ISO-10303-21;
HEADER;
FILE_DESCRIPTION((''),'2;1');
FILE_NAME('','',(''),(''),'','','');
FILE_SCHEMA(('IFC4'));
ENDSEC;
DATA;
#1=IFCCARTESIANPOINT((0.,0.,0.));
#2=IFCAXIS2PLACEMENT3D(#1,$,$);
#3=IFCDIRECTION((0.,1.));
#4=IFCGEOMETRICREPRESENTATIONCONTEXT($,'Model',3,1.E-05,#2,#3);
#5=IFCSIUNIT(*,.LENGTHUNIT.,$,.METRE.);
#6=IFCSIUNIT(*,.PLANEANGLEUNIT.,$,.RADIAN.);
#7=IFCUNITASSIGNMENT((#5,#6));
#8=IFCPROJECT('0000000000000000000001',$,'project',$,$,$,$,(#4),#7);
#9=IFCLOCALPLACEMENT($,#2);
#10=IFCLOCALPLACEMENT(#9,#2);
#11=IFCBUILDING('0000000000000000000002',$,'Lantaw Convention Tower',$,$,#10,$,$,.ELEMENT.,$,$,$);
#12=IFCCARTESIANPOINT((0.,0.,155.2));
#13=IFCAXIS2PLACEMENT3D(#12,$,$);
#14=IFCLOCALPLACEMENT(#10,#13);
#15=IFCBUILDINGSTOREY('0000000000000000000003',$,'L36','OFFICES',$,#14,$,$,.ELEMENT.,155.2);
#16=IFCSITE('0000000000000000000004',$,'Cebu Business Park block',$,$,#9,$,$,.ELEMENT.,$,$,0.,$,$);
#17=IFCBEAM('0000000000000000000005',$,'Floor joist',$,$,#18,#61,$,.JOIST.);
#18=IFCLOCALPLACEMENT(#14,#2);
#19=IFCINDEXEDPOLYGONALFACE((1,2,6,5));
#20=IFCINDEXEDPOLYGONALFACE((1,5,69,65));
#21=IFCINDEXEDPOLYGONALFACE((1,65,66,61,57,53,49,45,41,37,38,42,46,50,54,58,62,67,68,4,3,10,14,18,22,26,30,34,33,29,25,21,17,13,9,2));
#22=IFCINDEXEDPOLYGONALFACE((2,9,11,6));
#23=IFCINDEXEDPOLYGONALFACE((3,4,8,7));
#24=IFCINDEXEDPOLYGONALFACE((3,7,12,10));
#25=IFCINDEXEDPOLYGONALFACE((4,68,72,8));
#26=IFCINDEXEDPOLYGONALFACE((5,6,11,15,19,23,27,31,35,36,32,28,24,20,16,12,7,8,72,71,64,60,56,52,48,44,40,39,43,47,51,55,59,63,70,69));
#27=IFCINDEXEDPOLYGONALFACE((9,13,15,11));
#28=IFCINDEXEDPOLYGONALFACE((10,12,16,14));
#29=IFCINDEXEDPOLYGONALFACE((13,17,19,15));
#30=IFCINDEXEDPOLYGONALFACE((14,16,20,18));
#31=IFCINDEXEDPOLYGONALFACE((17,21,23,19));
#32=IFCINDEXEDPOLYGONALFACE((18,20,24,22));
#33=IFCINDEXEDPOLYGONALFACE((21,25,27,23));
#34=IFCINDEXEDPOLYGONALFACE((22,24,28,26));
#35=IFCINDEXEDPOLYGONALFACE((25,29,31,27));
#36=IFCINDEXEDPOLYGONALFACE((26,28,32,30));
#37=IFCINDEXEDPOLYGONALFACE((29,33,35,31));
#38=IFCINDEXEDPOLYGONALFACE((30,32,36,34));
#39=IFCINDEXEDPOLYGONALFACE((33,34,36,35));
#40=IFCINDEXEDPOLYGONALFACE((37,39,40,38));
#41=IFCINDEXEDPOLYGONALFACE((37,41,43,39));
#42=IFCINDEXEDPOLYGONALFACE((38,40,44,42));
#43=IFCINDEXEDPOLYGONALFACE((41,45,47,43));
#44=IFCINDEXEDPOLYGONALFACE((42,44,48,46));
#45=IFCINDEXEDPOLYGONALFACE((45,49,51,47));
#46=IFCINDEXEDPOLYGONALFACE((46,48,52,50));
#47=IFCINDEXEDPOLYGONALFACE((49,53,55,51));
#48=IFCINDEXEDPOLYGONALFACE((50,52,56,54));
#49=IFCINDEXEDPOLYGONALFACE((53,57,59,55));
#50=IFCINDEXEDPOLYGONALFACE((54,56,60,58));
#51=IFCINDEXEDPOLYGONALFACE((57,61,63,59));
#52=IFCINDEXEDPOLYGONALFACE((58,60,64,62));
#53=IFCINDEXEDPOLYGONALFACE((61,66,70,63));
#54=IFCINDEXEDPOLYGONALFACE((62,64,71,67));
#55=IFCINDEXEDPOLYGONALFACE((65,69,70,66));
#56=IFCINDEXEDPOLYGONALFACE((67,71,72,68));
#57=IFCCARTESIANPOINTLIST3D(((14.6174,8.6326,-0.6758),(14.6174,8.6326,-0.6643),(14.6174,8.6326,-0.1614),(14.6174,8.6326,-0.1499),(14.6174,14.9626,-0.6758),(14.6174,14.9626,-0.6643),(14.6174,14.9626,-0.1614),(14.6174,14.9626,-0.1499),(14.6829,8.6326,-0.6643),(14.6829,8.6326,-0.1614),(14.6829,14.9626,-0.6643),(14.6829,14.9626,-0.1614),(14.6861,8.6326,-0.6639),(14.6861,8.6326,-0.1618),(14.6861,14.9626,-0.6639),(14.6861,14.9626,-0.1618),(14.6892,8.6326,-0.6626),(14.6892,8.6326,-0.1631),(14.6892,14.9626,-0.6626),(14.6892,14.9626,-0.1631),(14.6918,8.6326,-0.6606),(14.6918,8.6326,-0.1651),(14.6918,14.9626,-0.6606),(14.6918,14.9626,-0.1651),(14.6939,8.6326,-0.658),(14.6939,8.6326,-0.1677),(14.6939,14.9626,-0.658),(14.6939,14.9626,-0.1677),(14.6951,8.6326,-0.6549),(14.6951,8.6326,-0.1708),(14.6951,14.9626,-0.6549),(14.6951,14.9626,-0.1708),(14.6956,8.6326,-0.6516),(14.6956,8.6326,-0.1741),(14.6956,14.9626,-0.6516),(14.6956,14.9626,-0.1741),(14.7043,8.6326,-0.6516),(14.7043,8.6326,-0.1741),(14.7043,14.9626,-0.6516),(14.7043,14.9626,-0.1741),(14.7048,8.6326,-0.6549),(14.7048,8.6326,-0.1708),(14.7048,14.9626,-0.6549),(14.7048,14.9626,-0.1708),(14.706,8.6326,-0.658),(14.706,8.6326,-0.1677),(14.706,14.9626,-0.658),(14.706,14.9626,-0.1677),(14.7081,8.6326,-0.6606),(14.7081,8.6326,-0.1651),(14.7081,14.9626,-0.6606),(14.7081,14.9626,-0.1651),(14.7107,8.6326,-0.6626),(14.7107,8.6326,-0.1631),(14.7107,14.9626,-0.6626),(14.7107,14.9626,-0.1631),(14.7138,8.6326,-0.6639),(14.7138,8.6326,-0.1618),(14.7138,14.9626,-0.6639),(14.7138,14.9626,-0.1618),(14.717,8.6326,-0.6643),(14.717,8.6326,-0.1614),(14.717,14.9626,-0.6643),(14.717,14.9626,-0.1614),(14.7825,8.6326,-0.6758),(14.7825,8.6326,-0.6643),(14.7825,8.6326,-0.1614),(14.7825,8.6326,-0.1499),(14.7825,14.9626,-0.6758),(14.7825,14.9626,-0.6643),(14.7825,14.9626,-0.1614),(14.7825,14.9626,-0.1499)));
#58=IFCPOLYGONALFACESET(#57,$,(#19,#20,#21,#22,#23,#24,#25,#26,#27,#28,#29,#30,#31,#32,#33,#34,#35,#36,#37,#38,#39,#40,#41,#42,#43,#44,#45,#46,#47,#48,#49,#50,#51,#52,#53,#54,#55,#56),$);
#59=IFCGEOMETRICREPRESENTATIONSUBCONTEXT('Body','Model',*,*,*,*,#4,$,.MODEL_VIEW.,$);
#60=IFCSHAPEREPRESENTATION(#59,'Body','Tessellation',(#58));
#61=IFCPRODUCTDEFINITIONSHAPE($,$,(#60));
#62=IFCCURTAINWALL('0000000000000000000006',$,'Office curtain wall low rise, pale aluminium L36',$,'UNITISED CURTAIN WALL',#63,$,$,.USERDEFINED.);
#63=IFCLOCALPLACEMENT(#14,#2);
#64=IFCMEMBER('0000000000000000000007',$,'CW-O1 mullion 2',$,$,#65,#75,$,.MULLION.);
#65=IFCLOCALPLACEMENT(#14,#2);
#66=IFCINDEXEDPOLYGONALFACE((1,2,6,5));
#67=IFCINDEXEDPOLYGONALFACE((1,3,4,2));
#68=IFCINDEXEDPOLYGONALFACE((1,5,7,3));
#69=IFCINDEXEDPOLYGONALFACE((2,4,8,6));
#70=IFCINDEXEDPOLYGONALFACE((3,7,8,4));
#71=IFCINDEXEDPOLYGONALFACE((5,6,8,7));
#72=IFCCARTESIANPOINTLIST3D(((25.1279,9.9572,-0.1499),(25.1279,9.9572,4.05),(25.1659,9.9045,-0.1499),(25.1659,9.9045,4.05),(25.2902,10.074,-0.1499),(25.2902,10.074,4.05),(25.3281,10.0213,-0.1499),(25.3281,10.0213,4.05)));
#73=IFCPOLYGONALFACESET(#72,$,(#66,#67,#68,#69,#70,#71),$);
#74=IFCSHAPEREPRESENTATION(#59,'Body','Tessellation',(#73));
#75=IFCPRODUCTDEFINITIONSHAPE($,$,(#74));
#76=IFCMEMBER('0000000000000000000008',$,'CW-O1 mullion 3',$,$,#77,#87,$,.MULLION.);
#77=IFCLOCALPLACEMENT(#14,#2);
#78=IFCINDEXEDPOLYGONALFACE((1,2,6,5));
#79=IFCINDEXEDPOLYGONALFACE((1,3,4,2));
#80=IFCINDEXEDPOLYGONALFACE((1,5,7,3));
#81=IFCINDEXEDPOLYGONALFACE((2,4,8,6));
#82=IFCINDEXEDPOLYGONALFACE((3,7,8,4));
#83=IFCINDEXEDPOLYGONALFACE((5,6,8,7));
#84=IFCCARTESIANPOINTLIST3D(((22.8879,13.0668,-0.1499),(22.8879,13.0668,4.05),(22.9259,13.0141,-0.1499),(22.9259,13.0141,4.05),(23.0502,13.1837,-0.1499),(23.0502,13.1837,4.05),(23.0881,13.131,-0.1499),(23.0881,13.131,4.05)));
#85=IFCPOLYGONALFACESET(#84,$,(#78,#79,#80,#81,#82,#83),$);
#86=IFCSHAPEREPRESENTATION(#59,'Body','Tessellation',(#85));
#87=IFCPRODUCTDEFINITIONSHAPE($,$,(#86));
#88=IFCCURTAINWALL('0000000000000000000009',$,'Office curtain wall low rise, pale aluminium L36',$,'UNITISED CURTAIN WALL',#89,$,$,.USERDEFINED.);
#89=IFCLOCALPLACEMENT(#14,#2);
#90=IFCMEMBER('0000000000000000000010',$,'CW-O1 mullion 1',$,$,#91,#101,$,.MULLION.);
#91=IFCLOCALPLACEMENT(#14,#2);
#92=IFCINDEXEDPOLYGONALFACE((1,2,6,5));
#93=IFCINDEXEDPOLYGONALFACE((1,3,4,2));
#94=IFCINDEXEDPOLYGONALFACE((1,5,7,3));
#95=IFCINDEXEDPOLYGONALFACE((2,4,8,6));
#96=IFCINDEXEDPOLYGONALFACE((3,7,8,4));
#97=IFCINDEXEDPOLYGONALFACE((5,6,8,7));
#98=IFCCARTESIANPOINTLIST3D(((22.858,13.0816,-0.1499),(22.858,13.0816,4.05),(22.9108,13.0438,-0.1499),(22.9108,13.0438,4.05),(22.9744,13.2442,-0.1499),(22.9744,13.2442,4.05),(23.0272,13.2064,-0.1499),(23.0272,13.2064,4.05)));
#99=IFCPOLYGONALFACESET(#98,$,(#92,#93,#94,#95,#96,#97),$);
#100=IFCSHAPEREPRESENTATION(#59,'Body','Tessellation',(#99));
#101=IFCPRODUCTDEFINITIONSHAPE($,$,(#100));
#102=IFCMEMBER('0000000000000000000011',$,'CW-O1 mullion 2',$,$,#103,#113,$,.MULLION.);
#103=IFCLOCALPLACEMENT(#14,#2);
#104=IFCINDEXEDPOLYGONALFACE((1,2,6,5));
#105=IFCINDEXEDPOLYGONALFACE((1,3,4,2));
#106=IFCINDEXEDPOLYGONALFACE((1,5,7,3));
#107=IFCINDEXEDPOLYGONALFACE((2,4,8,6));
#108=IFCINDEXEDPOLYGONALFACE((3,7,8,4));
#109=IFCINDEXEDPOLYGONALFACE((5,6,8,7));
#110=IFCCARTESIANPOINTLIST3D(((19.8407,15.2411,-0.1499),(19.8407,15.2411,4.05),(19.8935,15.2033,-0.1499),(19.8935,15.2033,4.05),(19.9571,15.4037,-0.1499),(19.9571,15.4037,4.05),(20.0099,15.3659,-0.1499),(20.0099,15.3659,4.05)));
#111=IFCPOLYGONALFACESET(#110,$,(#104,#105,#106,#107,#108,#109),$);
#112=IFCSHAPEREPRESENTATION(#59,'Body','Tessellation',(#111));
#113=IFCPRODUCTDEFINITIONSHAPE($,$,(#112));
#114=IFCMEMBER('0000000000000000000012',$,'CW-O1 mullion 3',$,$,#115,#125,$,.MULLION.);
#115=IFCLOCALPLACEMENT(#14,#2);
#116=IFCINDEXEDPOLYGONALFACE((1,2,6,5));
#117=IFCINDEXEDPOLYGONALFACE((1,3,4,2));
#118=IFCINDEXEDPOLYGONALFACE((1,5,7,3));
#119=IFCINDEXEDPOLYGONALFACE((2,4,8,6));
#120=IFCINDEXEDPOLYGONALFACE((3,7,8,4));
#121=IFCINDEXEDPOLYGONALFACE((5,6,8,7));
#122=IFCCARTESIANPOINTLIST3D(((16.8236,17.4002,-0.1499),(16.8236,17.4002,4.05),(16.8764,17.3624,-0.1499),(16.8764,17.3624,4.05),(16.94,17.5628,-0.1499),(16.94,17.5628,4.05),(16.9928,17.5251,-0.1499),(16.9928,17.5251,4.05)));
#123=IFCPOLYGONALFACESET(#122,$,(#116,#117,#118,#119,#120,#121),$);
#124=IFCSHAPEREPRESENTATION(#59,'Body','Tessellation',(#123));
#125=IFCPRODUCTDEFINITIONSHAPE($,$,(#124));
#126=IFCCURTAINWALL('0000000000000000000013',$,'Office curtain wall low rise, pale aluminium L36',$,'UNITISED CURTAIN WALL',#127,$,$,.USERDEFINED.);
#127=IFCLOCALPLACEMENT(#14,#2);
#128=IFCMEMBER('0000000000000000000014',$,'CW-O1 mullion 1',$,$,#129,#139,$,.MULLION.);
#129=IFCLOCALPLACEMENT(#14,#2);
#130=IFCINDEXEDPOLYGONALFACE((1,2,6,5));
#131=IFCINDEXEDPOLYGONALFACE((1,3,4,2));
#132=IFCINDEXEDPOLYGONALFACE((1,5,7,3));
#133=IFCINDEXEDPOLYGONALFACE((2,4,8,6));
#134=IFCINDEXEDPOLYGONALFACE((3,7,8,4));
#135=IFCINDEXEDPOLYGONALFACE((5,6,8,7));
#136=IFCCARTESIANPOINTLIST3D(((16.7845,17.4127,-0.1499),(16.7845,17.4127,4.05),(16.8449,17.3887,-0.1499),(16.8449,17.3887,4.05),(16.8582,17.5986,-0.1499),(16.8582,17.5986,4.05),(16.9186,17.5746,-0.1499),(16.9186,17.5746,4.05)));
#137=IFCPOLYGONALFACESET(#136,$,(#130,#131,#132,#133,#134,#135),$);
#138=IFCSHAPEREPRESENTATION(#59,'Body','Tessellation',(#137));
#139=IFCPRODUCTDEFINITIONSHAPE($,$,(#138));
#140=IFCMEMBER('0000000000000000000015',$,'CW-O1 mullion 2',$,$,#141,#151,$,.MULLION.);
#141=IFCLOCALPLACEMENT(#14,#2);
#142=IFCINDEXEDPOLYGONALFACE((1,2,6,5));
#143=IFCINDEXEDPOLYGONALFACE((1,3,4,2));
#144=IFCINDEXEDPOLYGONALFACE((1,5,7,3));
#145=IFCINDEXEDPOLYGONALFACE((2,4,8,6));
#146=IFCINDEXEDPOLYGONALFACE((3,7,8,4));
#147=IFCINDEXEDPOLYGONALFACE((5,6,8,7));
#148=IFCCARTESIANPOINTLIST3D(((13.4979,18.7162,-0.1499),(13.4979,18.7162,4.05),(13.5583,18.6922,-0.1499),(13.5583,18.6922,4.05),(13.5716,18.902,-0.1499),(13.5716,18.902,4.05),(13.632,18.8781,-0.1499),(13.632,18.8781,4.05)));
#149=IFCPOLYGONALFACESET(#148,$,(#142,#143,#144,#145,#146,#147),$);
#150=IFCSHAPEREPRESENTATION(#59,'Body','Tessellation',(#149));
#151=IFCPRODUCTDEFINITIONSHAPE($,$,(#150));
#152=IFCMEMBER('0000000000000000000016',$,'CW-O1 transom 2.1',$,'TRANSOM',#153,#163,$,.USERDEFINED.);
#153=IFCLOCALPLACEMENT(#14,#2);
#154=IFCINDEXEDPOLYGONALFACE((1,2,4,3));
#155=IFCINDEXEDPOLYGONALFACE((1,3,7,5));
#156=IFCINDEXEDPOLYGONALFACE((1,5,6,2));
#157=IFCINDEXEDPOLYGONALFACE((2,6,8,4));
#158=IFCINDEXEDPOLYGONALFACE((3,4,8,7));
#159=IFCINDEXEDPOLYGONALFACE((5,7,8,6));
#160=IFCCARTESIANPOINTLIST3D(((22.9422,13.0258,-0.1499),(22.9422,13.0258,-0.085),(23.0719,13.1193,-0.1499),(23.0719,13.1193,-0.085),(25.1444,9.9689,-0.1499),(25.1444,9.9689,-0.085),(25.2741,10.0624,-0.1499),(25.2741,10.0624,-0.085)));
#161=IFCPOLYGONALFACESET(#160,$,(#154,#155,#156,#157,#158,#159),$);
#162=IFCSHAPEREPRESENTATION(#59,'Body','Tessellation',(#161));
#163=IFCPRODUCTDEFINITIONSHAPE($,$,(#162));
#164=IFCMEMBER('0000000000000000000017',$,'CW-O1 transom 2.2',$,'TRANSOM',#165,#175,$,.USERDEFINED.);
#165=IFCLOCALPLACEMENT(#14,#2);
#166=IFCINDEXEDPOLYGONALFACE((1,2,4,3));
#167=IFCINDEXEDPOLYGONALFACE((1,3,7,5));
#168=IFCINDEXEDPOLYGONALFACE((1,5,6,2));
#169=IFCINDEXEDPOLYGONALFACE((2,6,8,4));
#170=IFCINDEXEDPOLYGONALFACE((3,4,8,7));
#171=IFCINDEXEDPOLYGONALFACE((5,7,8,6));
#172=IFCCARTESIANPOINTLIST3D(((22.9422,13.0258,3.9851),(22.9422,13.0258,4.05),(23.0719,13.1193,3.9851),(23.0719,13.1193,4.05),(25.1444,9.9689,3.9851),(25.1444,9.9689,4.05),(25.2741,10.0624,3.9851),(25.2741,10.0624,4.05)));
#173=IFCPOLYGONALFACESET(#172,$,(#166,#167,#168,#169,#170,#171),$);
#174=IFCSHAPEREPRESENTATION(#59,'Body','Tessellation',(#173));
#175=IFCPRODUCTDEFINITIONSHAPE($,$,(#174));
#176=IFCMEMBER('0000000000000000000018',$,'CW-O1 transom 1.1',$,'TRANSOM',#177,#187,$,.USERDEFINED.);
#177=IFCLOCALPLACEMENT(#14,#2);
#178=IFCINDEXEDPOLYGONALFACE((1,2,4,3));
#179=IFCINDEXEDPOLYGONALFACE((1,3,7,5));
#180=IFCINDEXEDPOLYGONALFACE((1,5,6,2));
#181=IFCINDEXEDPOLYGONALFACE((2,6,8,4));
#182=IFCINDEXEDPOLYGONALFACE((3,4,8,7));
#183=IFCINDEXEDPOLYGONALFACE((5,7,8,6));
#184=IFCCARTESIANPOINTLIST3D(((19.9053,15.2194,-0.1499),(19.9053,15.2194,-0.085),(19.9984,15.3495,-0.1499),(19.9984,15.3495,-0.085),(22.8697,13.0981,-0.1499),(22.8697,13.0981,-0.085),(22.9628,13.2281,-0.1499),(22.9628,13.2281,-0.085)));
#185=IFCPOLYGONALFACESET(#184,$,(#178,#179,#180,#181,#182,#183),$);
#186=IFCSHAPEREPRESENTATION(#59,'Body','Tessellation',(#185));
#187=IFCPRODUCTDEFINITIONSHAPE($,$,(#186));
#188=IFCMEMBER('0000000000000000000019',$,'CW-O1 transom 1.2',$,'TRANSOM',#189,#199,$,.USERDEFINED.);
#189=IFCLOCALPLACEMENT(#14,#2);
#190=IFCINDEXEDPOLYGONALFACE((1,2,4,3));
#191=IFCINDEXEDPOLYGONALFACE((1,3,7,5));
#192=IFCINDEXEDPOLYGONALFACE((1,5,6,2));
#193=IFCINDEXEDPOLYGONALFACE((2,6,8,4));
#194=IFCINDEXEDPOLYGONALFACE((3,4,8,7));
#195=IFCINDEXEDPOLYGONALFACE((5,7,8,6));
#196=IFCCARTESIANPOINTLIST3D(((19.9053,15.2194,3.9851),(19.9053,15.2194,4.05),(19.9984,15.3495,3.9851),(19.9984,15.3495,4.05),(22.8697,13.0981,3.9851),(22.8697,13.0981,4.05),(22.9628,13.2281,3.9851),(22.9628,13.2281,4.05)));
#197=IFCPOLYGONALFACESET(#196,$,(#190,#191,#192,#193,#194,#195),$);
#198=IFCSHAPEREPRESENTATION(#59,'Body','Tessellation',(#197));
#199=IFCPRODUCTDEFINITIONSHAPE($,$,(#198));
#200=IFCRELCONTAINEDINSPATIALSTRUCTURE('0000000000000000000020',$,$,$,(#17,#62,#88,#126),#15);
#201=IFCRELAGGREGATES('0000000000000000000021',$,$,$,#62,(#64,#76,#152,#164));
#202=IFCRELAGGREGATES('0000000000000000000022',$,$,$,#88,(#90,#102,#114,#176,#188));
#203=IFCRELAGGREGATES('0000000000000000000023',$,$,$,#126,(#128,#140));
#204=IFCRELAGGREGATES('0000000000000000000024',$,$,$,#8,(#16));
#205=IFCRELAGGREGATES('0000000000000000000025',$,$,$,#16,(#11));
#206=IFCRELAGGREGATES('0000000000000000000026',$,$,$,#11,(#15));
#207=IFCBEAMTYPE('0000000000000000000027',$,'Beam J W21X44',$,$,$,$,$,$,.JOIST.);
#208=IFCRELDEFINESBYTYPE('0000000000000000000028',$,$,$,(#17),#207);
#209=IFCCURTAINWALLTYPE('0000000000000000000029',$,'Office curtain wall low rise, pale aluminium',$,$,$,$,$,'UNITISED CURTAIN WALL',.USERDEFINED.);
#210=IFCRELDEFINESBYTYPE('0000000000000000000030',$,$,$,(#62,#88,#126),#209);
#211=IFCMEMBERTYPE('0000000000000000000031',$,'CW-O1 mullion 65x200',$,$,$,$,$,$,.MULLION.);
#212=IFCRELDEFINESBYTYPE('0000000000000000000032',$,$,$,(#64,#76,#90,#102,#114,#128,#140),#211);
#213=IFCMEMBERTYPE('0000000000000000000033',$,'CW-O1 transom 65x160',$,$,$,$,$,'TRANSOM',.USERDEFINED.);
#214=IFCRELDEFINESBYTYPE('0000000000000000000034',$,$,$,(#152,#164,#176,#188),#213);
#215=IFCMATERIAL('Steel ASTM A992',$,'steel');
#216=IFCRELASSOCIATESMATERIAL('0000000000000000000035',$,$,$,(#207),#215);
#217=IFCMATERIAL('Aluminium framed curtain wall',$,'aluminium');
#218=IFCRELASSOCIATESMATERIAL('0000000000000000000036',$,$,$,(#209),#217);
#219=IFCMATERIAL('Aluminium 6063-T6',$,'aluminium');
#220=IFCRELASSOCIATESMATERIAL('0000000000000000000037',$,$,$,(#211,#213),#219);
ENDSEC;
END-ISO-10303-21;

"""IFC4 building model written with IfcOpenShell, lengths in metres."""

from ifc_helpers import new_model, si_unit, direction, frame, origin, origin_2d, place, context, subcontext, project, spatial, rectangle, i_section, extrude, material, material_profile, profile_set, type_object, element, aggregate, save


model = new_model("IFC4")

# Units and contexts
model_context = context("Model", 3, precision=1e-05, world=origin(), true_north=direction((0.0, 1.0)))
body_context = subcontext(model_context, "Body", "Model", "MODEL_VIEW")
ifc_project = project(units=[si_unit("LENGTHUNIT", "METRE"), si_unit("PLANEANGLEUNIT", "RADIAN")], contexts=[model_context])

# Site, building, storey
site_placement = place(None, origin())
site = spatial("IfcSite", under=ifc_project, at=site_placement, Name="Cebu Business Park block", CompositionType="ELEMENT", RefElevation=0.0)
building_placement = place(site_placement, origin())
building = spatial("IfcBuilding", under=site, at=building_placement, Name="Lantaw Convention Tower", CompositionType="ELEMENT")
storey_placement = place(building_placement, frame((0.0, 0.0, 155.2)))
storey = spatial("IfcBuildingStorey", under=building, at=storey_placement, Name="L36", Description="OFFICES", CompositionType="ELEMENT", Elevation=155.2)

# Beam
ifc_material_1 = material(Name="Steel ASTM A992", Category="steel")
ifc_material_profile_1 = material_profile(ifc_material_1, i_section(OverallWidth=0.165, OverallDepth=0.5259, WebThickness=0.0088, FlangeThickness=0.0115, FilletRadius=0.0127, at=origin_2d()), Name="W21X44")
ifc_profile_set_1 = profile_set([ifc_material_profile_1], Name="Steel ASTM A992")
beam_type_1 = type_object("IfcBeamType", Name="Beam J W21X44", PredefinedType="JOIST", material=ifc_profile_set_1)
beam_1_placement = place(storey_placement, frame((14.7, 8.6326, -0.4128), z_axis=(0.0, 1.0, 0.0), x_axis=(-1.0, 0.0, 0.0)))
element("IfcBeam", 1, at=beam_1_placement, inside=storey, type_object=beam_type_1, Name="Floor joist", PredefinedType="JOIST", context=body_context, shape_type="SweptSolid", body=[
    extrude(i_section(OverallWidth=0.165, OverallDepth=0.5259, WebThickness=0.0088, FlangeThickness=0.0115, FilletRadius=0.0127, at=origin_2d()), origin(), (0.0, 0.0, 1.0), 6.3301),
])

# Curtain walls, members
ifc_material_2 = material(Name="Aluminium framed curtain wall", Category="aluminium")
curtain_wall_type = type_object("IfcCurtainWallType", Name="Office curtain wall low rise, pale aluminium", ElementType="UNITISED CURTAIN WALL", PredefinedType="USERDEFINED", material=ifc_material_2)
curtain_wall_1_placement = place(storey_placement, origin())
curtain_wall_1 = element("IfcCurtainWall", 2, at=curtain_wall_1_placement, inside=storey, type_object=curtain_wall_type, Name="Office curtain wall low rise, pale aluminium L36", ObjectType="UNITISED CURTAIN WALL", PredefinedType="USERDEFINED")
ifc_material_3 = material(Name="Aluminium 6063-T6", Category="aluminium")
ifc_material_profile_2 = material_profile(ifc_material_3, rectangle(XDim=0.2, YDim=0.0649, at=origin_2d()), Name="CW-O1 mullion 65x200")
ifc_profile_set_2 = profile_set([ifc_material_profile_2], Name="Aluminium 6063-T6")
member_type_1 = type_object("IfcMemberType", Name="CW-O1 mullion 65x200", PredefinedType="MULLION", material=ifc_profile_set_2)
member_1_placement = place(storey_placement, frame((25.228, 9.9893, -0.1499), z_axis=(0.0, 0.0, 1.0), x_axis=(-0.811385, -0.584513, 0.0)))
member_1 = element("IfcMember", 3, at=member_1_placement, type_object=member_type_1, Name="CW-O1 mullion 2", PredefinedType="MULLION", context=body_context, shape_type="SweptSolid", body=[
    extrude(rectangle(XDim=0.2, YDim=0.0649, at=origin_2d()), origin(), (0.0, 0.0, 1.0), 4.2),
])
member_2_placement = place(storey_placement, frame((22.988, 13.0989, -0.1499), z_axis=(0.0, 0.0, 1.0), x_axis=(-0.811385, -0.584513, 0.0)))
member_2 = element("IfcMember", 4, at=member_2_placement, type_object=member_type_1, Name="CW-O1 mullion 3", PredefinedType="MULLION", context=body_context, shape_type="SweptSolid", body=[
    extrude(rectangle(XDim=0.2, YDim=0.0649, at=origin_2d()), origin(), (0.0, 0.0, 1.0), 4.2),
])
curtain_wall_2_placement = place(storey_placement, origin())
curtain_wall_2 = element("IfcCurtainWall", 5, at=curtain_wall_2_placement, inside=storey, type_object=curtain_wall_type, Name="Office curtain wall low rise, pale aluminium L36", ObjectType="UNITISED CURTAIN WALL", PredefinedType="USERDEFINED")
member_3_placement = place(storey_placement, frame((22.9426, 13.144, -0.1499), z_axis=(0.0, 0.0, 1.0), x_axis=(-0.581973, -0.813208, 0.0)))
member_3 = element("IfcMember", 6, at=member_3_placement, type_object=member_type_1, Name="CW-O1 mullion 1", PredefinedType="MULLION", context=body_context, shape_type="SweptSolid", body=[
    extrude(rectangle(XDim=0.2, YDim=0.0649, at=origin_2d()), origin(), (0.0, 0.0, 1.0), 4.2),
])
member_4_placement = place(storey_placement, frame((19.9253, 15.3035, -0.1499), z_axis=(0.0, 0.0, 1.0), x_axis=(-0.581973, -0.813208, 0.0)))
member_4 = element("IfcMember", 7, at=member_4_placement, type_object=member_type_1, Name="CW-O1 mullion 2", PredefinedType="MULLION", context=body_context, shape_type="SweptSolid", body=[
    extrude(rectangle(XDim=0.2, YDim=0.0649, at=origin_2d()), origin(), (0.0, 0.0, 1.0), 4.2),
])
member_5_placement = place(storey_placement, frame((16.9082, 17.4626, -0.1499), z_axis=(0.0, 0.0, 1.0), x_axis=(-0.581973, -0.813208, 0.0)))
member_5 = element("IfcMember", 8, at=member_5_placement, type_object=member_type_1, Name="CW-O1 mullion 3", PredefinedType="MULLION", context=body_context, shape_type="SweptSolid", body=[
    extrude(rectangle(XDim=0.2, YDim=0.0649, at=origin_2d()), origin(), (0.0, 0.0, 1.0), 4.2),
])
curtain_wall_3_placement = place(storey_placement, origin())
curtain_wall_3 = element("IfcCurtainWall", 9, at=curtain_wall_3_placement, inside=storey, type_object=curtain_wall_type, Name="Office curtain wall low rise, pale aluminium L36", ObjectType="UNITISED CURTAIN WALL", PredefinedType="USERDEFINED")
member_6_placement = place(storey_placement, frame((16.8516, 17.4937, -0.1499), z_axis=(0.0, 0.0, 1.0), x_axis=(-0.368702, -0.929548, 0.0)))
member_6 = element("IfcMember", 10, at=member_6_placement, type_object=member_type_1, Name="CW-O1 mullion 1", PredefinedType="MULLION", context=body_context, shape_type="SweptSolid", body=[
    extrude(rectangle(XDim=0.2, YDim=0.0649, at=origin_2d()), origin(), (0.0, 0.0, 1.0), 4.2),
])
member_7_placement = place(storey_placement, frame((13.5649, 18.7971, -0.1499), z_axis=(0.0, 0.0, 1.0), x_axis=(-0.368702, -0.929548, 0.0)))
member_7 = element("IfcMember", 11, at=member_7_placement, type_object=member_type_1, Name="CW-O1 mullion 2", PredefinedType="MULLION", context=body_context, shape_type="SweptSolid", body=[
    extrude(rectangle(XDim=0.2, YDim=0.0649, at=origin_2d()), origin(), (0.0, 0.0, 1.0), 4.2),
])

# Members
ifc_material_profile_3 = material_profile(ifc_material_3, rectangle(XDim=0.1599, YDim=0.0649, at=origin_2d()), Name="CW-O1 transom 65x160")
ifc_profile_set_3 = profile_set([ifc_material_profile_3], Name="Aluminium 6063-T6")
member_type_2 = type_object("IfcMemberType", Name="CW-O1 transom 65x160", ElementType="TRANSOM", PredefinedType="USERDEFINED", material=ifc_profile_set_3)
member_8_placement = place(storey_placement, frame((25.2092, 10.0156, -0.1174), z_axis=(-0.584513, 0.811384, 0.0), x_axis=(-0.811384, -0.584513, 0.0)))
member_8 = element("IfcMember", 12, at=member_8_placement, type_object=member_type_2, Name="CW-O1 transom 2.1", ObjectType="TRANSOM", PredefinedType="USERDEFINED", context=body_context, shape_type="SweptSolid", body=[
    extrude(rectangle(XDim=0.1599, YDim=0.0649, at=origin_2d()), origin(), (0.0, 0.0, 1.0), 3.7676),
])
member_9_placement = place(storey_placement, frame((25.2092, 10.0156, 4.0176), z_axis=(-0.584513, 0.811384, 0.0), x_axis=(-0.811384, -0.584513, 0.0)))
member_9 = element("IfcMember", 13, at=member_9_placement, type_object=member_type_2, Name="CW-O1 transom 2.2", ObjectType="TRANSOM", PredefinedType="USERDEFINED", context=body_context, shape_type="SweptSolid", body=[
    extrude(rectangle(XDim=0.1599, YDim=0.0649, at=origin_2d()), origin(), (0.0, 0.0, 1.0), 3.7676),
])
member_10_placement = place(storey_placement, frame((22.9163, 13.1631, -0.1174), z_axis=(-0.813222, 0.581954, 0.0), x_axis=(-0.581954, -0.813222, 0.0)))
member_10 = element("IfcMember", 14, at=member_10_placement, type_object=member_type_2, Name="CW-O1 transom 1.1", ObjectType="TRANSOM", PredefinedType="USERDEFINED", context=body_context, shape_type="SweptSolid", body=[
    extrude(rectangle(XDim=0.1599, YDim=0.0649, at=origin_2d()), origin(), (0.0, 0.0, 1.0), 3.6453),
])
member_11_placement = place(storey_placement, frame((22.9163, 13.1631, 4.0176), z_axis=(-0.813222, 0.581954, 0.0), x_axis=(-0.581954, -0.813222, 0.0)))
member_11 = element("IfcMember", 15, at=member_11_placement, type_object=member_type_2, Name="CW-O1 transom 1.2", ObjectType="TRANSOM", PredefinedType="USERDEFINED", context=body_context, shape_type="SweptSolid", body=[
    extrude(rectangle(XDim=0.1599, YDim=0.0649, at=origin_2d()), origin(), (0.0, 0.0, 1.0), 3.6453),
])

aggregate(curtain_wall_1, [member_1, member_2, member_8, member_9])
aggregate(curtain_wall_2, [member_3, member_4, member_5, member_10, member_11])
aggregate(curtain_wall_3, [member_6, member_7])

save(model, "model.ifc")
